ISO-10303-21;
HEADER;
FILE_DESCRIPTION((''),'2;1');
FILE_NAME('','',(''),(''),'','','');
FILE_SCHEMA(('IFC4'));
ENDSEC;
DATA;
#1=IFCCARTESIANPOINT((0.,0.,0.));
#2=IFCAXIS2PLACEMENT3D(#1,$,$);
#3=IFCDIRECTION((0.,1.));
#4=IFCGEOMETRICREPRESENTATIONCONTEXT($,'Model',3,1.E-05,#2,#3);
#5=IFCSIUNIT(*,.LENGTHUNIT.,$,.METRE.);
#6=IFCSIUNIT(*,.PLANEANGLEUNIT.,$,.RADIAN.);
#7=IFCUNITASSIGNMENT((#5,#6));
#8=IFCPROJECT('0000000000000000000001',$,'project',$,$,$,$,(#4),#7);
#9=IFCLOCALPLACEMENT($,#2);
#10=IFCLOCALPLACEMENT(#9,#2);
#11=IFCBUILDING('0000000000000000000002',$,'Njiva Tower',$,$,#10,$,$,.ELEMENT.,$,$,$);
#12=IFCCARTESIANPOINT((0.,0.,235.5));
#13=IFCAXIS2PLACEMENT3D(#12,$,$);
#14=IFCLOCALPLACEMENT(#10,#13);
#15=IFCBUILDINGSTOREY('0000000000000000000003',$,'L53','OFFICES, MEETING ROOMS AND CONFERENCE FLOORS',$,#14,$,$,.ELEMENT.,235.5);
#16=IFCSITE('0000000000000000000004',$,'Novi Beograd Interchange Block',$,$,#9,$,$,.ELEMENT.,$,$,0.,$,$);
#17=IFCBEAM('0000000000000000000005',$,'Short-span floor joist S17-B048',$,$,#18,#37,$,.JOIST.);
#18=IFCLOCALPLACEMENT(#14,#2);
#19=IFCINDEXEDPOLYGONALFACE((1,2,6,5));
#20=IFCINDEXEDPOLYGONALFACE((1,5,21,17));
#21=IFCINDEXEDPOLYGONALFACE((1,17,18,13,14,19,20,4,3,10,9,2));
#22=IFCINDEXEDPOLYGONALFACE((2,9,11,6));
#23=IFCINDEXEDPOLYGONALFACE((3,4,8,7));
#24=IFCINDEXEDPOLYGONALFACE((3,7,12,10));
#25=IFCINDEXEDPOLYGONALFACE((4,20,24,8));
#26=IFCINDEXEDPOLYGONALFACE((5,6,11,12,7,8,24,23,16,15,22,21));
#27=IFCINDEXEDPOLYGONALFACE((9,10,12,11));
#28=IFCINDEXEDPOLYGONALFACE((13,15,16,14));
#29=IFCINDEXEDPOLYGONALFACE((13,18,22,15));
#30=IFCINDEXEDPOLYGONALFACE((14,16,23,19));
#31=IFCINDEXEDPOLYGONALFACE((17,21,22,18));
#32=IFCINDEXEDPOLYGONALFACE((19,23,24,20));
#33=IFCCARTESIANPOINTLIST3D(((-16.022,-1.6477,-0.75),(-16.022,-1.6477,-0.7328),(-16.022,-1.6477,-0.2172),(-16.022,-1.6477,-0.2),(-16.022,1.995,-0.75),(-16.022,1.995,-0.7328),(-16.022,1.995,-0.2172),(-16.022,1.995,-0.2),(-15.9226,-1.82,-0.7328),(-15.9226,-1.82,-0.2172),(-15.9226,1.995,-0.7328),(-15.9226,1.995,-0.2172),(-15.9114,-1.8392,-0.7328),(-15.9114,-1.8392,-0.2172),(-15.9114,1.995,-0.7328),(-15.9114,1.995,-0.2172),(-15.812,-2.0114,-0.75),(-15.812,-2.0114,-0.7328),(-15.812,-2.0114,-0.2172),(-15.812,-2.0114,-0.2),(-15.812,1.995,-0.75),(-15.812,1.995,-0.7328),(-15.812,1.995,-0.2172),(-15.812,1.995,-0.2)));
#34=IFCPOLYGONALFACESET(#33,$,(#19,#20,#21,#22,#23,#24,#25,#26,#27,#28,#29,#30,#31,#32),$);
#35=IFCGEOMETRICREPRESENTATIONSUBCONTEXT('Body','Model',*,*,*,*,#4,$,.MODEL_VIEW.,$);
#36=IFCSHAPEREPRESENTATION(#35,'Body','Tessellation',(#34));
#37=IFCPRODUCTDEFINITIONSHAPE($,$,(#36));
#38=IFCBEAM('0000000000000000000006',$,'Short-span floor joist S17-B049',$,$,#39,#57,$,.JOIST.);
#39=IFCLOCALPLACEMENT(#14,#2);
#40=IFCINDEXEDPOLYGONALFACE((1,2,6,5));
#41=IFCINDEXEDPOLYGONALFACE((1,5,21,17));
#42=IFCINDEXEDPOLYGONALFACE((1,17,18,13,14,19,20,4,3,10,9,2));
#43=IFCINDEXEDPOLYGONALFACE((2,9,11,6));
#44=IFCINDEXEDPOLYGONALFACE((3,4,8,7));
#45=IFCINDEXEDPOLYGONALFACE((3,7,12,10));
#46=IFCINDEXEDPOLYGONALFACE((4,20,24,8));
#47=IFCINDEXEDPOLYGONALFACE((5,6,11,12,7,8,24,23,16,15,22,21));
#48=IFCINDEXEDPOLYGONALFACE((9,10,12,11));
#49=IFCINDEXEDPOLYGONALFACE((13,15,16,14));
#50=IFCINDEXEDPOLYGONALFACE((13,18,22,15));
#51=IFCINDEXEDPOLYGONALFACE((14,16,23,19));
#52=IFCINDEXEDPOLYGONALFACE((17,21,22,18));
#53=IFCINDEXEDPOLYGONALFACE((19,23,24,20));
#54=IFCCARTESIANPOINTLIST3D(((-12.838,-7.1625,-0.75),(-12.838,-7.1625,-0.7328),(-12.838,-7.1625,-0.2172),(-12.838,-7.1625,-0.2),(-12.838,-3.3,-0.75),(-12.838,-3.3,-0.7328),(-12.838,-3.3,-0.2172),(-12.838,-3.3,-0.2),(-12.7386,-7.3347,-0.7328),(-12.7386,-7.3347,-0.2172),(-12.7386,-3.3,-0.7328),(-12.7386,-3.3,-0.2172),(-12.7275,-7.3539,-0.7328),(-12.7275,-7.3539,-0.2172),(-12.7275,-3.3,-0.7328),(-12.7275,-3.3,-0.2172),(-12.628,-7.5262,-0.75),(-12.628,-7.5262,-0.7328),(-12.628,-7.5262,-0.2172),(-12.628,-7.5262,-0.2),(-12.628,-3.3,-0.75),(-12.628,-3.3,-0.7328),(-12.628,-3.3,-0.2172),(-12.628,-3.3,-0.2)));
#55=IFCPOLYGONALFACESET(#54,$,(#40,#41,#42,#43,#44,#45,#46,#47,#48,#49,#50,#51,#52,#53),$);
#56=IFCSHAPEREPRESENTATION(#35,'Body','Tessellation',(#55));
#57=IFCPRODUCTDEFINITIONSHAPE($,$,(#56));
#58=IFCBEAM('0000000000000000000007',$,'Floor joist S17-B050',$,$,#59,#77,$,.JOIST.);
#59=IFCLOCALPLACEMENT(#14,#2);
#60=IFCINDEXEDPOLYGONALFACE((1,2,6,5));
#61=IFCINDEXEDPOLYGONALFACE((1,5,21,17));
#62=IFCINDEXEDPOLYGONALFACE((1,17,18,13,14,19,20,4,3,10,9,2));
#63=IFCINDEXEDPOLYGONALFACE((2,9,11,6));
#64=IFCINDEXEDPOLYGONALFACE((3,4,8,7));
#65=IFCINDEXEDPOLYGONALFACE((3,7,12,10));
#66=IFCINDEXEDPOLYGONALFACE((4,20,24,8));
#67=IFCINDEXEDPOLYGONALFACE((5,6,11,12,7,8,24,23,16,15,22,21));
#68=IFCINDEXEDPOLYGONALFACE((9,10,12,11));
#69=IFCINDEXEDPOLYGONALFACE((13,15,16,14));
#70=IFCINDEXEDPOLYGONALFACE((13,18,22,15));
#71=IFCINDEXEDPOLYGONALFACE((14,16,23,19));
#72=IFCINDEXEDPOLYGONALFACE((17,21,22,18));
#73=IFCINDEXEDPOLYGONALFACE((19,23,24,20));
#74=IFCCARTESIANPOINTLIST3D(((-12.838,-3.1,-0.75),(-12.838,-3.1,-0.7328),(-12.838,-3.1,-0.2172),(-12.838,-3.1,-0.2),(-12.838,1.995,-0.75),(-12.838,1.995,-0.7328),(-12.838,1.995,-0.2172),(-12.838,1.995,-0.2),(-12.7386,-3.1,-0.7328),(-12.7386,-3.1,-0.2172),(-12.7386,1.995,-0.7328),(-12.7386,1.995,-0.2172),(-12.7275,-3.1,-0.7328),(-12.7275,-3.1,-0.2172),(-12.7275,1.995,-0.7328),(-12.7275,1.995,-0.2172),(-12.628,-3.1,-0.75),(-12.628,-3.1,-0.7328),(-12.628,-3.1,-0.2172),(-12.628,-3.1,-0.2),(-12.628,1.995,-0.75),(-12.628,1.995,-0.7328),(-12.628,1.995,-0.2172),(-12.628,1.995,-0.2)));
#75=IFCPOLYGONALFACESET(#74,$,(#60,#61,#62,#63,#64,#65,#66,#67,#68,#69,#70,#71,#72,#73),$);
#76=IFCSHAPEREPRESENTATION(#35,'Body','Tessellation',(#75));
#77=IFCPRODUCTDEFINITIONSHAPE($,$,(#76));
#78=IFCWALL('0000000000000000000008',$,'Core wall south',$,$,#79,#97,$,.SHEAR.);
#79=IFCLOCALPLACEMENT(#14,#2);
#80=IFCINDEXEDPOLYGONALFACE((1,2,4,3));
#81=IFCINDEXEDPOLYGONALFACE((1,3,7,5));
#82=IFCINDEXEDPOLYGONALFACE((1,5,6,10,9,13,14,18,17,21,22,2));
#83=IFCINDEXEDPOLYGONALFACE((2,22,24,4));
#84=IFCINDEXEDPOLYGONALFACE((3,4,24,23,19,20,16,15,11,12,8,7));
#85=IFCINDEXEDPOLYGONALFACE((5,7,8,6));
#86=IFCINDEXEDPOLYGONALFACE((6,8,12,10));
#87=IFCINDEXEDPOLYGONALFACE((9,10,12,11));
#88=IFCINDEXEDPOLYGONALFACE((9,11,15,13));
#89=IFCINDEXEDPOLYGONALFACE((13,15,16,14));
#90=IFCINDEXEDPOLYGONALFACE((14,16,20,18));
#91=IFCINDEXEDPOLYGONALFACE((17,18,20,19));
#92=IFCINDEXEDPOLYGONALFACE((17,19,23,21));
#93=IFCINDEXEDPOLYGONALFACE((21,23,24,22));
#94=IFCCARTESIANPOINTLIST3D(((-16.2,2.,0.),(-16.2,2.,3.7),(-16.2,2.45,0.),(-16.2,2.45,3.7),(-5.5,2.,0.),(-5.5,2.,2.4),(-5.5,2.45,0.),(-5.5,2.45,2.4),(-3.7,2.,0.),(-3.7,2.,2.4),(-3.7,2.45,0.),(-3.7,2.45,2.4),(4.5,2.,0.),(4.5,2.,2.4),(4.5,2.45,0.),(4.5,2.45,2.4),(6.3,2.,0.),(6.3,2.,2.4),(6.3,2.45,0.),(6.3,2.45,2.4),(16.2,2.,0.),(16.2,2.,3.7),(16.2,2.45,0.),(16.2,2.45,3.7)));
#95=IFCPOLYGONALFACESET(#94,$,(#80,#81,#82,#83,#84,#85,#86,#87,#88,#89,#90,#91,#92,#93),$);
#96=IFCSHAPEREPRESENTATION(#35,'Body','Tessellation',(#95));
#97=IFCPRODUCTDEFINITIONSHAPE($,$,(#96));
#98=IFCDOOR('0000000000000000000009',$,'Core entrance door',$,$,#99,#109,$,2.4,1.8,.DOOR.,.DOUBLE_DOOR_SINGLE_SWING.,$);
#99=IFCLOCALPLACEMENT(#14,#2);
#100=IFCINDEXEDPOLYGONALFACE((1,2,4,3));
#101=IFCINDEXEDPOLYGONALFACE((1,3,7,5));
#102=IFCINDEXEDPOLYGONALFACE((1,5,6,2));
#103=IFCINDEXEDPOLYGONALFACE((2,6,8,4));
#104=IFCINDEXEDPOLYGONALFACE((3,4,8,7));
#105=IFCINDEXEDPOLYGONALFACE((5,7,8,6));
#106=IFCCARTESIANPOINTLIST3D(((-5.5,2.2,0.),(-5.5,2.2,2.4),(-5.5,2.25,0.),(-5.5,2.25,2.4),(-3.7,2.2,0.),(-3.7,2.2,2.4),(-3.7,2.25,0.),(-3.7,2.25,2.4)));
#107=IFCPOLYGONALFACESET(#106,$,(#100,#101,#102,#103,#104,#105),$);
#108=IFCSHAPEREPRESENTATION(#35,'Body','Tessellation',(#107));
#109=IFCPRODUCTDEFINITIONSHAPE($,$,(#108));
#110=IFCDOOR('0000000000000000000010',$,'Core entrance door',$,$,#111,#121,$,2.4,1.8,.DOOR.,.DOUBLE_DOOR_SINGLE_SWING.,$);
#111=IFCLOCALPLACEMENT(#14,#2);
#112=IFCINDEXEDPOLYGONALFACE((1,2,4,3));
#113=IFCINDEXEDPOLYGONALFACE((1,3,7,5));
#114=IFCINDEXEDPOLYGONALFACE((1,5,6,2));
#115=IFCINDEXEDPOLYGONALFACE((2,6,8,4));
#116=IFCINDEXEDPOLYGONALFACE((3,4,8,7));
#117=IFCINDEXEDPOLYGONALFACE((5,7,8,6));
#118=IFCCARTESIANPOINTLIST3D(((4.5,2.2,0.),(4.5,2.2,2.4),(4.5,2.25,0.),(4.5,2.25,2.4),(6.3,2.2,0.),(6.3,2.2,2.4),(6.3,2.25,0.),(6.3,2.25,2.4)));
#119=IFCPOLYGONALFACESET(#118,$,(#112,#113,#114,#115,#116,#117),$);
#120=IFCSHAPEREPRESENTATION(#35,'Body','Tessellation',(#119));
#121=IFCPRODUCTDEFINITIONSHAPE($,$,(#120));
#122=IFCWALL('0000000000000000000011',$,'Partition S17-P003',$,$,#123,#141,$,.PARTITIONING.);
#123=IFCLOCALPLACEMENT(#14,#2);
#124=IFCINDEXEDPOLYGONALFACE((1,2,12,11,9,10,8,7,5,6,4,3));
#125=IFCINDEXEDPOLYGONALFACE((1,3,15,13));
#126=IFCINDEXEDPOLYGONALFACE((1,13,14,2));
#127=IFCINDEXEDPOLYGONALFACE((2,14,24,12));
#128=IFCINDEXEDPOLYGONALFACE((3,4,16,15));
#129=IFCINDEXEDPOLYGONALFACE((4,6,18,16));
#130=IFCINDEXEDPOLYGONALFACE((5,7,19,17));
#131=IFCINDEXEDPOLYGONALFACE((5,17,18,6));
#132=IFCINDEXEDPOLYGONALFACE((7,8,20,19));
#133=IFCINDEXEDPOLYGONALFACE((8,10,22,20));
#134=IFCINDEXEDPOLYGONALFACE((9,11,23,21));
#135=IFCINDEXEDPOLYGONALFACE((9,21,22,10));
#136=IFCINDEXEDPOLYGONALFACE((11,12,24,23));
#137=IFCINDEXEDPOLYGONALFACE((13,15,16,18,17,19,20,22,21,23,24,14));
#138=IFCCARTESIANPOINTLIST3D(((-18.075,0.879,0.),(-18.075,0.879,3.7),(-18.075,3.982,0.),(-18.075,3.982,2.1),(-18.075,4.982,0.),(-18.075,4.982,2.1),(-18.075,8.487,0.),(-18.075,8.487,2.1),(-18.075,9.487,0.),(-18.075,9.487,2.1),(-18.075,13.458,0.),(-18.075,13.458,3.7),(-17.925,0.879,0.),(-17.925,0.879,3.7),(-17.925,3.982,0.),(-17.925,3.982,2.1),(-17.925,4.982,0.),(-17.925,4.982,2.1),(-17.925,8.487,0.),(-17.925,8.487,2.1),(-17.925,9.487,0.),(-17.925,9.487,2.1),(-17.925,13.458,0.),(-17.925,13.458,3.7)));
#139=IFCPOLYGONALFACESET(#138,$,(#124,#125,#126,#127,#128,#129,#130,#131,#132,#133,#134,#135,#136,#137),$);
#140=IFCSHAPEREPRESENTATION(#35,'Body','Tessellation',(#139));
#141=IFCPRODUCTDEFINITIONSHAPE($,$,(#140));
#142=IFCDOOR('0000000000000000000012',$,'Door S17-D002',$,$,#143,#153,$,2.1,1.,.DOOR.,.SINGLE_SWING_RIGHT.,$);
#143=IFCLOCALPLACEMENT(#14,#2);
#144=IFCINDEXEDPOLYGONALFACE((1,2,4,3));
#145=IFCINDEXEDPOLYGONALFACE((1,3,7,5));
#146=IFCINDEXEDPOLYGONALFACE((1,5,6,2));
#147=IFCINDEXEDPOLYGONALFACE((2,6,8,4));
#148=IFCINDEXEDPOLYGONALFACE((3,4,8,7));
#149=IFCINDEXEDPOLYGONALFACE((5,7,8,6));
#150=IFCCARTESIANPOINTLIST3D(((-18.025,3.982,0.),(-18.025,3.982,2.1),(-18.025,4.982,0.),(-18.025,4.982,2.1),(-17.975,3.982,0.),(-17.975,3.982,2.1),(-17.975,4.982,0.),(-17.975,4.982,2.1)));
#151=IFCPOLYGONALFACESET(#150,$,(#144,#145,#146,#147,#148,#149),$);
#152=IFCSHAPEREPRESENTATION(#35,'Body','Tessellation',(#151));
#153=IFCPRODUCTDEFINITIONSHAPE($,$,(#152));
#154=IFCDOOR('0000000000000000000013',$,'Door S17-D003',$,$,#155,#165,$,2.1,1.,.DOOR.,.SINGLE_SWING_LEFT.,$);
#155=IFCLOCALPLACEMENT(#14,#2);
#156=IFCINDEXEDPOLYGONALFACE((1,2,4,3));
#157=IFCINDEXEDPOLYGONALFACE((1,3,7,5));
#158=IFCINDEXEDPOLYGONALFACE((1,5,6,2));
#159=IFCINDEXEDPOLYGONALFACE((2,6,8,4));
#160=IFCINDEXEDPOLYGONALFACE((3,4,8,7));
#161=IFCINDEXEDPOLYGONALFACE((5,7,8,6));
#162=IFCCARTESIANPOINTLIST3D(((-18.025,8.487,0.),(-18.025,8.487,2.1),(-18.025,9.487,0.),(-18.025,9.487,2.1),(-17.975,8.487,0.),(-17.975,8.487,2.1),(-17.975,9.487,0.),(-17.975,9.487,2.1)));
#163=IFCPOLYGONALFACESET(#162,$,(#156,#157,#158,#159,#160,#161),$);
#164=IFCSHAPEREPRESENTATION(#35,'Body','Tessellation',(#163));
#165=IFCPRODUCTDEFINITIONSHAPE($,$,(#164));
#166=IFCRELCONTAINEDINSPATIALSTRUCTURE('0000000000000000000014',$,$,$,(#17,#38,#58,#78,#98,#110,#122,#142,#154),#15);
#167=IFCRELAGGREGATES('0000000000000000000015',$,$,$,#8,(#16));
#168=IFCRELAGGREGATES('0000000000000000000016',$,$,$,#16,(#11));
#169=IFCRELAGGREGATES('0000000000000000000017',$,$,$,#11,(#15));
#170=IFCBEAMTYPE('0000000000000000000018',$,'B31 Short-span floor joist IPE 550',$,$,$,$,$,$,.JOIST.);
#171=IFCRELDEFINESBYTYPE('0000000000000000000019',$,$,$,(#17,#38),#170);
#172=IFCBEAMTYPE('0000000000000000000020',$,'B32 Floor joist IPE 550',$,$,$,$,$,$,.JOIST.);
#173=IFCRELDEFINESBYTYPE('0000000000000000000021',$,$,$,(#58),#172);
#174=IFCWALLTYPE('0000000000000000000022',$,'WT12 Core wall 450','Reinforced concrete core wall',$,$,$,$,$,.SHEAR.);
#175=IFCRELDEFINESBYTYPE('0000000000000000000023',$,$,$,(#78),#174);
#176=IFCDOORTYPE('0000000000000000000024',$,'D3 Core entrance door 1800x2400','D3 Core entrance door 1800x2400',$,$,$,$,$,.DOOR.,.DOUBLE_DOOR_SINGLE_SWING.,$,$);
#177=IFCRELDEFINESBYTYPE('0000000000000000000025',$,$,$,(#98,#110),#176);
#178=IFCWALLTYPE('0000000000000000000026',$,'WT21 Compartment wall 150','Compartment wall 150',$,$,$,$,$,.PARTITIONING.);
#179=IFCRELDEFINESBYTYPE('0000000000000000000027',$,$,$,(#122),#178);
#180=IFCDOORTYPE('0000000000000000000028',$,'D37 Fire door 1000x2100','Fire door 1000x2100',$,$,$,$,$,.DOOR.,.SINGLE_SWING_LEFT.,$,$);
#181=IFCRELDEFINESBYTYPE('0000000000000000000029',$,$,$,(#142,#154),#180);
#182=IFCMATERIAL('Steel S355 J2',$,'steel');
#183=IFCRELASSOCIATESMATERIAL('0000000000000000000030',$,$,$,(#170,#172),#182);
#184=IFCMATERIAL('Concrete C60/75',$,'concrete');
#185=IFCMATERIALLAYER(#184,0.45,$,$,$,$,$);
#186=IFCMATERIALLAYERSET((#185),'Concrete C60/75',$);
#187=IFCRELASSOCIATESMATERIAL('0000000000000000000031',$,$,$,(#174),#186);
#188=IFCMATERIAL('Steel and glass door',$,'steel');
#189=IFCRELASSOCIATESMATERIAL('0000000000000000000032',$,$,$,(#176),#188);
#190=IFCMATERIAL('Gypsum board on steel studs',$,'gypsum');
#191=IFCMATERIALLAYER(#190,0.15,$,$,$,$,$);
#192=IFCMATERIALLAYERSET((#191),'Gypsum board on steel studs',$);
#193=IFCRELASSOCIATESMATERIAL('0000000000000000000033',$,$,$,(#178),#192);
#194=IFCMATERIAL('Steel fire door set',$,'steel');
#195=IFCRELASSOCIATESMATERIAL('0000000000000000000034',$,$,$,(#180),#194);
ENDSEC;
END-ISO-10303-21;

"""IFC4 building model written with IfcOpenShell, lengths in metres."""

from ifc_helpers import new_model, si_unit, direction, frame, frame_2d, origin, origin_2d, place, context, subcontext, project, spatial, rectangle, i_section, extrude, clip, halfspace, material, layer, layer_set, material_profile, profile_set, type_object, element, fill, save


model = new_model("IFC4")

# Units and contexts
model_context = context("Model", 3, precision=1e-05, world=origin(), true_north=direction((0.0, 1.0)))
body_context = subcontext(model_context, "Body", "Model", "MODEL_VIEW")
ifc_project = project(units=[si_unit("LENGTHUNIT", "METRE"), si_unit("PLANEANGLEUNIT", "RADIAN")], contexts=[model_context])

# Site, building, storey
site_placement = place(None, origin())
site = spatial("IfcSite", under=ifc_project, at=site_placement, Name="Novi Beograd Interchange Block", CompositionType="ELEMENT", RefElevation=0.0)
building_placement = place(site_placement, origin())
building = spatial("IfcBuilding", under=site, at=building_placement, Name="Njiva Tower", CompositionType="ELEMENT")
storey_placement = place(building_placement, frame((0.0, 0.0, 235.5)))
storey = spatial("IfcBuildingStorey", under=building, at=storey_placement, Name="L53", Description="OFFICES, MEETING ROOMS AND CONFERENCE FLOORS", CompositionType="ELEMENT", Elevation=235.5)

# Shared definitions
ifc_material_1 = material(Name="Steel S355 J2", Category="steel")

# Beams
ifc_material_profile_1 = material_profile(ifc_material_1, i_section(OverallWidth=0.21, OverallDepth=0.55, WebThickness=0.0111, FlangeThickness=0.0172, at=origin_2d()), Name="IPE 550")
ifc_profile_set_1 = profile_set([ifc_material_profile_1], Name="Steel S355 J2")
beam_type_1 = type_object("IfcBeamType", Name="B31 Short-span floor joist IPE 550", PredefinedType="JOIST", material=ifc_profile_set_1)
beam_1_placement = place(storey_placement, frame((-15.917, 1.995, -0.475), z_axis=(0.0, -1.0, 0.0), x_axis=(1.0, 0.0, 0.0)))
element("IfcBeam", 1, at=beam_1_placement, inside=storey, type_object=beam_type_1, Name="Short-span floor joist S17-B048", PredefinedType="JOIST", context=body_context, shape_type="Clipping", body=[
    clip(extrude(i_section(OverallWidth=0.21, OverallDepth=0.55, WebThickness=0.0111, FlangeThickness=0.0172, at=origin_2d()), origin(), (0.0, 0.0, 1.0), 4.027), halfspace(frame((-0.043, 0.0, 3.7501), z_axis=(-0.866027, 0.0, 0.499998), x_axis=(0.0, 1.0, 0.0)), False)),
])
beam_2_placement = place(storey_placement, frame((-12.733, -3.3, -0.475), z_axis=(0.0, -1.0, 0.0), x_axis=(1.0, 0.0, 0.0)))
element("IfcBeam", 2, at=beam_2_placement, inside=storey, type_object=beam_type_1, Name="Short-span floor joist S17-B049", PredefinedType="JOIST", context=body_context, shape_type="Clipping", body=[
    clip(extrude(i_section(OverallWidth=0.21, OverallDepth=0.55, WebThickness=0.0111, FlangeThickness=0.0172, at=origin_2d()), origin(), (0.0, 0.0, 1.0), 4.246), halfspace(frame((-0.0436, 0.0, 3.9688), z_axis=(-0.866027, 0.0, 0.499998), x_axis=(0.0, 1.0, 0.0)), False)),
])
ifc_material_profile_2 = material_profile(ifc_material_1, i_section(OverallWidth=0.21, OverallDepth=0.55, WebThickness=0.0111, FlangeThickness=0.0172, at=origin_2d()), Name="IPE 550")
ifc_profile_set_2 = profile_set([ifc_material_profile_2], Name="Steel S355 J2")
beam_type_2 = type_object("IfcBeamType", Name="B32 Floor joist IPE 550", PredefinedType="JOIST", material=ifc_profile_set_2)
beam_3_placement = place(storey_placement, frame((-12.733, 1.995, -0.475), z_axis=(0.0, -1.0, 0.0), x_axis=(1.0, 0.0, 0.0)))
element("IfcBeam", 3, at=beam_3_placement, inside=storey, type_object=beam_type_2, Name="Floor joist S17-B050", PredefinedType="JOIST", context=body_context, shape_type="SweptSolid", body=[
    extrude(i_section(OverallWidth=0.21, OverallDepth=0.55, WebThickness=0.0111, FlangeThickness=0.0172, at=origin_2d()), origin(), (0.0, 0.0, 1.0), 5.095),
])

# Walls, openings, doors
ifc_material_2 = material(Name="Concrete C60/75", Category="concrete")
ifc_layer_1 = layer(ifc_material_2, 0.45)
ifc_layer_set_1 = layer_set([ifc_layer_1], Name="Concrete C60/75")
wall_type_1 = type_object("IfcWallType", Name="WT12 Core wall 450", Description="Reinforced concrete core wall", PredefinedType="SHEAR", material=ifc_layer_set_1)
wall_1_placement = place(storey_placement, frame((-16.2, 2.225, 0.0), z_axis=(0.0, 0.0, 1.0), x_axis=(1.0, 0.0, 0.0)))
wall_1 = element("IfcWall", 4, at=wall_1_placement, inside=storey, type_object=wall_type_1, Name="Core wall south", PredefinedType="SHEAR", context=body_context, shape_type="SweptSolid", body=[
    extrude(rectangle(XDim=32.4, YDim=0.45, at=frame_2d((16.2, 0.0))), origin(), (0.0, 0.0, 1.0), 3.7),
])
opening_1_placement = place(wall_1_placement, frame((10.7, 0.0, 0.0)))
opening_1 = element("IfcOpeningElement", 5, at=opening_1_placement, cuts=wall_1, PredefinedType="OPENING", context=body_context, shape_type="SweptSolid", body=[
    extrude(rectangle(XDim=1.8, YDim=2.4, at=frame_2d((0.9, 1.2))), frame((0.0, 0.235, 0.0), z_axis=(0.0, -1.0, 0.0), x_axis=(1.0, 0.0, 0.0)), (0.0, 0.0, 1.0), 0.47),
])
opening_2_placement = place(wall_1_placement, frame((20.7, 0.0, 0.0)))
opening_2 = element("IfcOpeningElement", 6, at=opening_2_placement, cuts=wall_1, PredefinedType="OPENING", context=body_context, shape_type="SweptSolid", body=[
    extrude(rectangle(XDim=1.8, YDim=2.4, at=frame_2d((0.9, 1.2))), frame((0.0, 0.235, 0.0), z_axis=(0.0, -1.0, 0.0), x_axis=(1.0, 0.0, 0.0)), (0.0, 0.0, 1.0), 0.47),
])
ifc_material_3 = material(Name="Steel and glass door", Category="steel")
door_type_1 = type_object("IfcDoorType", Name="D3 Core entrance door 1800x2400", Description="D3 Core entrance door 1800x2400", OperationType="DOUBLE_DOOR_SINGLE_SWING", PredefinedType="DOOR", material=ifc_material_3)
door_1_placement = place(opening_1_placement, origin())
door_1 = element("IfcDoor", 7, at=door_1_placement, inside=storey, type_object=door_type_1, Name="Core entrance door", OperationType="DOUBLE_DOOR_SINGLE_SWING", OverallHeight=2.4, OverallWidth=1.8, PredefinedType="DOOR", context=body_context, shape_type="SweptSolid", body=[
    extrude(rectangle(XDim=1.8, YDim=2.4, at=frame_2d((0.9, 1.2))), frame((0.0, 0.025, 0.0), z_axis=(0.0, -1.0, 0.0), x_axis=(1.0, 0.0, 0.0)), (0.0, 0.0, 1.0), 0.05),
])
fill(opening_1, door_1)
door_2_placement = place(opening_2_placement, origin())
door_2 = element("IfcDoor", 8, at=door_2_placement, inside=storey, type_object=door_type_1, Name="Core entrance door", OperationType="DOUBLE_DOOR_SINGLE_SWING", OverallHeight=2.4, OverallWidth=1.8, PredefinedType="DOOR", context=body_context, shape_type="SweptSolid", body=[
    extrude(rectangle(XDim=1.8, YDim=2.4, at=frame_2d((0.9, 1.2))), frame((0.0, 0.025, 0.0), z_axis=(0.0, -1.0, 0.0), x_axis=(1.0, 0.0, 0.0)), (0.0, 0.0, 1.0), 0.05),
])
fill(opening_2, door_2)
ifc_material_4 = material(Name="Gypsum board on steel studs", Category="gypsum")
ifc_layer_2 = layer(ifc_material_4, 0.15)
ifc_layer_set_2 = layer_set([ifc_layer_2], Name="Gypsum board on steel studs")
wall_type_2 = type_object("IfcWallType", Name="WT21 Compartment wall 150", Description="Compartment wall 150", PredefinedType="PARTITIONING", material=ifc_layer_set_2)
wall_2_placement = place(storey_placement, frame((-18.0, 0.879, 0.0), z_axis=(0.0, 0.0, 1.0), x_axis=(0.0, 1.0, 0.0)))
wall_2 = element("IfcWall", 9, at=wall_2_placement, inside=storey, type_object=wall_type_2, Name="Partition S17-P003", PredefinedType="PARTITIONING", context=body_context, shape_type="SweptSolid", body=[
    extrude(rectangle(XDim=12.579, YDim=0.15, at=frame_2d((6.2895, 0.0))), origin(), (0.0, 0.0, 1.0), 3.7),
])
opening_3_placement = place(wall_2_placement, frame((3.103, 0.0, 0.0)))
opening_3 = element("IfcOpeningElement", 10, at=opening_3_placement, cuts=wall_2, PredefinedType="OPENING", context=body_context, shape_type="SweptSolid", body=[
    extrude(rectangle(XDim=1.0, YDim=2.1, at=frame_2d((0.5, 1.05))), frame((0.0, 0.085, 0.0), z_axis=(0.0, -1.0, 0.0), x_axis=(1.0, 0.0, 0.0)), (0.0, 0.0, 1.0), 0.17),
])
opening_4_placement = place(wall_2_placement, frame((7.608, 0.0, 0.0)))
opening_4 = element("IfcOpeningElement", 11, at=opening_4_placement, cuts=wall_2, PredefinedType="OPENING", context=body_context, shape_type="SweptSolid", body=[
    extrude(rectangle(XDim=1.0, YDim=2.1, at=frame_2d((0.5, 1.05))), frame((0.0, 0.085, 0.0), z_axis=(0.0, -1.0, 0.0), x_axis=(1.0, 0.0, 0.0)), (0.0, 0.0, 1.0), 0.17),
])
ifc_material_5 = material(Name="Steel fire door set", Category="steel")
door_type_2 = type_object("IfcDoorType", Name="D37 Fire door 1000x2100", Description="Fire door 1000x2100", OperationType="SINGLE_SWING_LEFT", PredefinedType="DOOR", material=ifc_material_5)
door_3_placement = place(opening_3_placement, origin())
door_3 = element("IfcDoor", 12, at=door_3_placement, inside=storey, type_object=door_type_2, Name="Door S17-D002", OperationType="SINGLE_SWING_RIGHT", OverallHeight=2.1, OverallWidth=1.0, PredefinedType="DOOR", context=body_context, shape_type="SweptSolid", body=[
    extrude(rectangle(XDim=1.0, YDim=2.1, at=frame_2d((0.5, 1.05))), frame((0.0, 0.025, 0.0), z_axis=(0.0, -1.0, 0.0), x_axis=(1.0, 0.0, 0.0)), (0.0, 0.0, 1.0), 0.05),
])
fill(opening_3, door_3)
door_4_placement = place(opening_4_placement, origin())
door_4 = element("IfcDoor", 13, at=door_4_placement, inside=storey, type_object=door_type_2, Name="Door S17-D003", OperationType="SINGLE_SWING_LEFT", OverallHeight=2.1, OverallWidth=1.0, PredefinedType="DOOR", context=body_context, shape_type="SweptSolid", body=[
    extrude(rectangle(XDim=1.0, YDim=2.1, at=frame_2d((0.5, 1.05))), frame((0.0, 0.025, 0.0), z_axis=(0.0, -1.0, 0.0), x_axis=(1.0, 0.0, 0.0)), (0.0, 0.0, 1.0), 0.05),
])
fill(opening_4, door_4)

save(model, "model.ifc")
